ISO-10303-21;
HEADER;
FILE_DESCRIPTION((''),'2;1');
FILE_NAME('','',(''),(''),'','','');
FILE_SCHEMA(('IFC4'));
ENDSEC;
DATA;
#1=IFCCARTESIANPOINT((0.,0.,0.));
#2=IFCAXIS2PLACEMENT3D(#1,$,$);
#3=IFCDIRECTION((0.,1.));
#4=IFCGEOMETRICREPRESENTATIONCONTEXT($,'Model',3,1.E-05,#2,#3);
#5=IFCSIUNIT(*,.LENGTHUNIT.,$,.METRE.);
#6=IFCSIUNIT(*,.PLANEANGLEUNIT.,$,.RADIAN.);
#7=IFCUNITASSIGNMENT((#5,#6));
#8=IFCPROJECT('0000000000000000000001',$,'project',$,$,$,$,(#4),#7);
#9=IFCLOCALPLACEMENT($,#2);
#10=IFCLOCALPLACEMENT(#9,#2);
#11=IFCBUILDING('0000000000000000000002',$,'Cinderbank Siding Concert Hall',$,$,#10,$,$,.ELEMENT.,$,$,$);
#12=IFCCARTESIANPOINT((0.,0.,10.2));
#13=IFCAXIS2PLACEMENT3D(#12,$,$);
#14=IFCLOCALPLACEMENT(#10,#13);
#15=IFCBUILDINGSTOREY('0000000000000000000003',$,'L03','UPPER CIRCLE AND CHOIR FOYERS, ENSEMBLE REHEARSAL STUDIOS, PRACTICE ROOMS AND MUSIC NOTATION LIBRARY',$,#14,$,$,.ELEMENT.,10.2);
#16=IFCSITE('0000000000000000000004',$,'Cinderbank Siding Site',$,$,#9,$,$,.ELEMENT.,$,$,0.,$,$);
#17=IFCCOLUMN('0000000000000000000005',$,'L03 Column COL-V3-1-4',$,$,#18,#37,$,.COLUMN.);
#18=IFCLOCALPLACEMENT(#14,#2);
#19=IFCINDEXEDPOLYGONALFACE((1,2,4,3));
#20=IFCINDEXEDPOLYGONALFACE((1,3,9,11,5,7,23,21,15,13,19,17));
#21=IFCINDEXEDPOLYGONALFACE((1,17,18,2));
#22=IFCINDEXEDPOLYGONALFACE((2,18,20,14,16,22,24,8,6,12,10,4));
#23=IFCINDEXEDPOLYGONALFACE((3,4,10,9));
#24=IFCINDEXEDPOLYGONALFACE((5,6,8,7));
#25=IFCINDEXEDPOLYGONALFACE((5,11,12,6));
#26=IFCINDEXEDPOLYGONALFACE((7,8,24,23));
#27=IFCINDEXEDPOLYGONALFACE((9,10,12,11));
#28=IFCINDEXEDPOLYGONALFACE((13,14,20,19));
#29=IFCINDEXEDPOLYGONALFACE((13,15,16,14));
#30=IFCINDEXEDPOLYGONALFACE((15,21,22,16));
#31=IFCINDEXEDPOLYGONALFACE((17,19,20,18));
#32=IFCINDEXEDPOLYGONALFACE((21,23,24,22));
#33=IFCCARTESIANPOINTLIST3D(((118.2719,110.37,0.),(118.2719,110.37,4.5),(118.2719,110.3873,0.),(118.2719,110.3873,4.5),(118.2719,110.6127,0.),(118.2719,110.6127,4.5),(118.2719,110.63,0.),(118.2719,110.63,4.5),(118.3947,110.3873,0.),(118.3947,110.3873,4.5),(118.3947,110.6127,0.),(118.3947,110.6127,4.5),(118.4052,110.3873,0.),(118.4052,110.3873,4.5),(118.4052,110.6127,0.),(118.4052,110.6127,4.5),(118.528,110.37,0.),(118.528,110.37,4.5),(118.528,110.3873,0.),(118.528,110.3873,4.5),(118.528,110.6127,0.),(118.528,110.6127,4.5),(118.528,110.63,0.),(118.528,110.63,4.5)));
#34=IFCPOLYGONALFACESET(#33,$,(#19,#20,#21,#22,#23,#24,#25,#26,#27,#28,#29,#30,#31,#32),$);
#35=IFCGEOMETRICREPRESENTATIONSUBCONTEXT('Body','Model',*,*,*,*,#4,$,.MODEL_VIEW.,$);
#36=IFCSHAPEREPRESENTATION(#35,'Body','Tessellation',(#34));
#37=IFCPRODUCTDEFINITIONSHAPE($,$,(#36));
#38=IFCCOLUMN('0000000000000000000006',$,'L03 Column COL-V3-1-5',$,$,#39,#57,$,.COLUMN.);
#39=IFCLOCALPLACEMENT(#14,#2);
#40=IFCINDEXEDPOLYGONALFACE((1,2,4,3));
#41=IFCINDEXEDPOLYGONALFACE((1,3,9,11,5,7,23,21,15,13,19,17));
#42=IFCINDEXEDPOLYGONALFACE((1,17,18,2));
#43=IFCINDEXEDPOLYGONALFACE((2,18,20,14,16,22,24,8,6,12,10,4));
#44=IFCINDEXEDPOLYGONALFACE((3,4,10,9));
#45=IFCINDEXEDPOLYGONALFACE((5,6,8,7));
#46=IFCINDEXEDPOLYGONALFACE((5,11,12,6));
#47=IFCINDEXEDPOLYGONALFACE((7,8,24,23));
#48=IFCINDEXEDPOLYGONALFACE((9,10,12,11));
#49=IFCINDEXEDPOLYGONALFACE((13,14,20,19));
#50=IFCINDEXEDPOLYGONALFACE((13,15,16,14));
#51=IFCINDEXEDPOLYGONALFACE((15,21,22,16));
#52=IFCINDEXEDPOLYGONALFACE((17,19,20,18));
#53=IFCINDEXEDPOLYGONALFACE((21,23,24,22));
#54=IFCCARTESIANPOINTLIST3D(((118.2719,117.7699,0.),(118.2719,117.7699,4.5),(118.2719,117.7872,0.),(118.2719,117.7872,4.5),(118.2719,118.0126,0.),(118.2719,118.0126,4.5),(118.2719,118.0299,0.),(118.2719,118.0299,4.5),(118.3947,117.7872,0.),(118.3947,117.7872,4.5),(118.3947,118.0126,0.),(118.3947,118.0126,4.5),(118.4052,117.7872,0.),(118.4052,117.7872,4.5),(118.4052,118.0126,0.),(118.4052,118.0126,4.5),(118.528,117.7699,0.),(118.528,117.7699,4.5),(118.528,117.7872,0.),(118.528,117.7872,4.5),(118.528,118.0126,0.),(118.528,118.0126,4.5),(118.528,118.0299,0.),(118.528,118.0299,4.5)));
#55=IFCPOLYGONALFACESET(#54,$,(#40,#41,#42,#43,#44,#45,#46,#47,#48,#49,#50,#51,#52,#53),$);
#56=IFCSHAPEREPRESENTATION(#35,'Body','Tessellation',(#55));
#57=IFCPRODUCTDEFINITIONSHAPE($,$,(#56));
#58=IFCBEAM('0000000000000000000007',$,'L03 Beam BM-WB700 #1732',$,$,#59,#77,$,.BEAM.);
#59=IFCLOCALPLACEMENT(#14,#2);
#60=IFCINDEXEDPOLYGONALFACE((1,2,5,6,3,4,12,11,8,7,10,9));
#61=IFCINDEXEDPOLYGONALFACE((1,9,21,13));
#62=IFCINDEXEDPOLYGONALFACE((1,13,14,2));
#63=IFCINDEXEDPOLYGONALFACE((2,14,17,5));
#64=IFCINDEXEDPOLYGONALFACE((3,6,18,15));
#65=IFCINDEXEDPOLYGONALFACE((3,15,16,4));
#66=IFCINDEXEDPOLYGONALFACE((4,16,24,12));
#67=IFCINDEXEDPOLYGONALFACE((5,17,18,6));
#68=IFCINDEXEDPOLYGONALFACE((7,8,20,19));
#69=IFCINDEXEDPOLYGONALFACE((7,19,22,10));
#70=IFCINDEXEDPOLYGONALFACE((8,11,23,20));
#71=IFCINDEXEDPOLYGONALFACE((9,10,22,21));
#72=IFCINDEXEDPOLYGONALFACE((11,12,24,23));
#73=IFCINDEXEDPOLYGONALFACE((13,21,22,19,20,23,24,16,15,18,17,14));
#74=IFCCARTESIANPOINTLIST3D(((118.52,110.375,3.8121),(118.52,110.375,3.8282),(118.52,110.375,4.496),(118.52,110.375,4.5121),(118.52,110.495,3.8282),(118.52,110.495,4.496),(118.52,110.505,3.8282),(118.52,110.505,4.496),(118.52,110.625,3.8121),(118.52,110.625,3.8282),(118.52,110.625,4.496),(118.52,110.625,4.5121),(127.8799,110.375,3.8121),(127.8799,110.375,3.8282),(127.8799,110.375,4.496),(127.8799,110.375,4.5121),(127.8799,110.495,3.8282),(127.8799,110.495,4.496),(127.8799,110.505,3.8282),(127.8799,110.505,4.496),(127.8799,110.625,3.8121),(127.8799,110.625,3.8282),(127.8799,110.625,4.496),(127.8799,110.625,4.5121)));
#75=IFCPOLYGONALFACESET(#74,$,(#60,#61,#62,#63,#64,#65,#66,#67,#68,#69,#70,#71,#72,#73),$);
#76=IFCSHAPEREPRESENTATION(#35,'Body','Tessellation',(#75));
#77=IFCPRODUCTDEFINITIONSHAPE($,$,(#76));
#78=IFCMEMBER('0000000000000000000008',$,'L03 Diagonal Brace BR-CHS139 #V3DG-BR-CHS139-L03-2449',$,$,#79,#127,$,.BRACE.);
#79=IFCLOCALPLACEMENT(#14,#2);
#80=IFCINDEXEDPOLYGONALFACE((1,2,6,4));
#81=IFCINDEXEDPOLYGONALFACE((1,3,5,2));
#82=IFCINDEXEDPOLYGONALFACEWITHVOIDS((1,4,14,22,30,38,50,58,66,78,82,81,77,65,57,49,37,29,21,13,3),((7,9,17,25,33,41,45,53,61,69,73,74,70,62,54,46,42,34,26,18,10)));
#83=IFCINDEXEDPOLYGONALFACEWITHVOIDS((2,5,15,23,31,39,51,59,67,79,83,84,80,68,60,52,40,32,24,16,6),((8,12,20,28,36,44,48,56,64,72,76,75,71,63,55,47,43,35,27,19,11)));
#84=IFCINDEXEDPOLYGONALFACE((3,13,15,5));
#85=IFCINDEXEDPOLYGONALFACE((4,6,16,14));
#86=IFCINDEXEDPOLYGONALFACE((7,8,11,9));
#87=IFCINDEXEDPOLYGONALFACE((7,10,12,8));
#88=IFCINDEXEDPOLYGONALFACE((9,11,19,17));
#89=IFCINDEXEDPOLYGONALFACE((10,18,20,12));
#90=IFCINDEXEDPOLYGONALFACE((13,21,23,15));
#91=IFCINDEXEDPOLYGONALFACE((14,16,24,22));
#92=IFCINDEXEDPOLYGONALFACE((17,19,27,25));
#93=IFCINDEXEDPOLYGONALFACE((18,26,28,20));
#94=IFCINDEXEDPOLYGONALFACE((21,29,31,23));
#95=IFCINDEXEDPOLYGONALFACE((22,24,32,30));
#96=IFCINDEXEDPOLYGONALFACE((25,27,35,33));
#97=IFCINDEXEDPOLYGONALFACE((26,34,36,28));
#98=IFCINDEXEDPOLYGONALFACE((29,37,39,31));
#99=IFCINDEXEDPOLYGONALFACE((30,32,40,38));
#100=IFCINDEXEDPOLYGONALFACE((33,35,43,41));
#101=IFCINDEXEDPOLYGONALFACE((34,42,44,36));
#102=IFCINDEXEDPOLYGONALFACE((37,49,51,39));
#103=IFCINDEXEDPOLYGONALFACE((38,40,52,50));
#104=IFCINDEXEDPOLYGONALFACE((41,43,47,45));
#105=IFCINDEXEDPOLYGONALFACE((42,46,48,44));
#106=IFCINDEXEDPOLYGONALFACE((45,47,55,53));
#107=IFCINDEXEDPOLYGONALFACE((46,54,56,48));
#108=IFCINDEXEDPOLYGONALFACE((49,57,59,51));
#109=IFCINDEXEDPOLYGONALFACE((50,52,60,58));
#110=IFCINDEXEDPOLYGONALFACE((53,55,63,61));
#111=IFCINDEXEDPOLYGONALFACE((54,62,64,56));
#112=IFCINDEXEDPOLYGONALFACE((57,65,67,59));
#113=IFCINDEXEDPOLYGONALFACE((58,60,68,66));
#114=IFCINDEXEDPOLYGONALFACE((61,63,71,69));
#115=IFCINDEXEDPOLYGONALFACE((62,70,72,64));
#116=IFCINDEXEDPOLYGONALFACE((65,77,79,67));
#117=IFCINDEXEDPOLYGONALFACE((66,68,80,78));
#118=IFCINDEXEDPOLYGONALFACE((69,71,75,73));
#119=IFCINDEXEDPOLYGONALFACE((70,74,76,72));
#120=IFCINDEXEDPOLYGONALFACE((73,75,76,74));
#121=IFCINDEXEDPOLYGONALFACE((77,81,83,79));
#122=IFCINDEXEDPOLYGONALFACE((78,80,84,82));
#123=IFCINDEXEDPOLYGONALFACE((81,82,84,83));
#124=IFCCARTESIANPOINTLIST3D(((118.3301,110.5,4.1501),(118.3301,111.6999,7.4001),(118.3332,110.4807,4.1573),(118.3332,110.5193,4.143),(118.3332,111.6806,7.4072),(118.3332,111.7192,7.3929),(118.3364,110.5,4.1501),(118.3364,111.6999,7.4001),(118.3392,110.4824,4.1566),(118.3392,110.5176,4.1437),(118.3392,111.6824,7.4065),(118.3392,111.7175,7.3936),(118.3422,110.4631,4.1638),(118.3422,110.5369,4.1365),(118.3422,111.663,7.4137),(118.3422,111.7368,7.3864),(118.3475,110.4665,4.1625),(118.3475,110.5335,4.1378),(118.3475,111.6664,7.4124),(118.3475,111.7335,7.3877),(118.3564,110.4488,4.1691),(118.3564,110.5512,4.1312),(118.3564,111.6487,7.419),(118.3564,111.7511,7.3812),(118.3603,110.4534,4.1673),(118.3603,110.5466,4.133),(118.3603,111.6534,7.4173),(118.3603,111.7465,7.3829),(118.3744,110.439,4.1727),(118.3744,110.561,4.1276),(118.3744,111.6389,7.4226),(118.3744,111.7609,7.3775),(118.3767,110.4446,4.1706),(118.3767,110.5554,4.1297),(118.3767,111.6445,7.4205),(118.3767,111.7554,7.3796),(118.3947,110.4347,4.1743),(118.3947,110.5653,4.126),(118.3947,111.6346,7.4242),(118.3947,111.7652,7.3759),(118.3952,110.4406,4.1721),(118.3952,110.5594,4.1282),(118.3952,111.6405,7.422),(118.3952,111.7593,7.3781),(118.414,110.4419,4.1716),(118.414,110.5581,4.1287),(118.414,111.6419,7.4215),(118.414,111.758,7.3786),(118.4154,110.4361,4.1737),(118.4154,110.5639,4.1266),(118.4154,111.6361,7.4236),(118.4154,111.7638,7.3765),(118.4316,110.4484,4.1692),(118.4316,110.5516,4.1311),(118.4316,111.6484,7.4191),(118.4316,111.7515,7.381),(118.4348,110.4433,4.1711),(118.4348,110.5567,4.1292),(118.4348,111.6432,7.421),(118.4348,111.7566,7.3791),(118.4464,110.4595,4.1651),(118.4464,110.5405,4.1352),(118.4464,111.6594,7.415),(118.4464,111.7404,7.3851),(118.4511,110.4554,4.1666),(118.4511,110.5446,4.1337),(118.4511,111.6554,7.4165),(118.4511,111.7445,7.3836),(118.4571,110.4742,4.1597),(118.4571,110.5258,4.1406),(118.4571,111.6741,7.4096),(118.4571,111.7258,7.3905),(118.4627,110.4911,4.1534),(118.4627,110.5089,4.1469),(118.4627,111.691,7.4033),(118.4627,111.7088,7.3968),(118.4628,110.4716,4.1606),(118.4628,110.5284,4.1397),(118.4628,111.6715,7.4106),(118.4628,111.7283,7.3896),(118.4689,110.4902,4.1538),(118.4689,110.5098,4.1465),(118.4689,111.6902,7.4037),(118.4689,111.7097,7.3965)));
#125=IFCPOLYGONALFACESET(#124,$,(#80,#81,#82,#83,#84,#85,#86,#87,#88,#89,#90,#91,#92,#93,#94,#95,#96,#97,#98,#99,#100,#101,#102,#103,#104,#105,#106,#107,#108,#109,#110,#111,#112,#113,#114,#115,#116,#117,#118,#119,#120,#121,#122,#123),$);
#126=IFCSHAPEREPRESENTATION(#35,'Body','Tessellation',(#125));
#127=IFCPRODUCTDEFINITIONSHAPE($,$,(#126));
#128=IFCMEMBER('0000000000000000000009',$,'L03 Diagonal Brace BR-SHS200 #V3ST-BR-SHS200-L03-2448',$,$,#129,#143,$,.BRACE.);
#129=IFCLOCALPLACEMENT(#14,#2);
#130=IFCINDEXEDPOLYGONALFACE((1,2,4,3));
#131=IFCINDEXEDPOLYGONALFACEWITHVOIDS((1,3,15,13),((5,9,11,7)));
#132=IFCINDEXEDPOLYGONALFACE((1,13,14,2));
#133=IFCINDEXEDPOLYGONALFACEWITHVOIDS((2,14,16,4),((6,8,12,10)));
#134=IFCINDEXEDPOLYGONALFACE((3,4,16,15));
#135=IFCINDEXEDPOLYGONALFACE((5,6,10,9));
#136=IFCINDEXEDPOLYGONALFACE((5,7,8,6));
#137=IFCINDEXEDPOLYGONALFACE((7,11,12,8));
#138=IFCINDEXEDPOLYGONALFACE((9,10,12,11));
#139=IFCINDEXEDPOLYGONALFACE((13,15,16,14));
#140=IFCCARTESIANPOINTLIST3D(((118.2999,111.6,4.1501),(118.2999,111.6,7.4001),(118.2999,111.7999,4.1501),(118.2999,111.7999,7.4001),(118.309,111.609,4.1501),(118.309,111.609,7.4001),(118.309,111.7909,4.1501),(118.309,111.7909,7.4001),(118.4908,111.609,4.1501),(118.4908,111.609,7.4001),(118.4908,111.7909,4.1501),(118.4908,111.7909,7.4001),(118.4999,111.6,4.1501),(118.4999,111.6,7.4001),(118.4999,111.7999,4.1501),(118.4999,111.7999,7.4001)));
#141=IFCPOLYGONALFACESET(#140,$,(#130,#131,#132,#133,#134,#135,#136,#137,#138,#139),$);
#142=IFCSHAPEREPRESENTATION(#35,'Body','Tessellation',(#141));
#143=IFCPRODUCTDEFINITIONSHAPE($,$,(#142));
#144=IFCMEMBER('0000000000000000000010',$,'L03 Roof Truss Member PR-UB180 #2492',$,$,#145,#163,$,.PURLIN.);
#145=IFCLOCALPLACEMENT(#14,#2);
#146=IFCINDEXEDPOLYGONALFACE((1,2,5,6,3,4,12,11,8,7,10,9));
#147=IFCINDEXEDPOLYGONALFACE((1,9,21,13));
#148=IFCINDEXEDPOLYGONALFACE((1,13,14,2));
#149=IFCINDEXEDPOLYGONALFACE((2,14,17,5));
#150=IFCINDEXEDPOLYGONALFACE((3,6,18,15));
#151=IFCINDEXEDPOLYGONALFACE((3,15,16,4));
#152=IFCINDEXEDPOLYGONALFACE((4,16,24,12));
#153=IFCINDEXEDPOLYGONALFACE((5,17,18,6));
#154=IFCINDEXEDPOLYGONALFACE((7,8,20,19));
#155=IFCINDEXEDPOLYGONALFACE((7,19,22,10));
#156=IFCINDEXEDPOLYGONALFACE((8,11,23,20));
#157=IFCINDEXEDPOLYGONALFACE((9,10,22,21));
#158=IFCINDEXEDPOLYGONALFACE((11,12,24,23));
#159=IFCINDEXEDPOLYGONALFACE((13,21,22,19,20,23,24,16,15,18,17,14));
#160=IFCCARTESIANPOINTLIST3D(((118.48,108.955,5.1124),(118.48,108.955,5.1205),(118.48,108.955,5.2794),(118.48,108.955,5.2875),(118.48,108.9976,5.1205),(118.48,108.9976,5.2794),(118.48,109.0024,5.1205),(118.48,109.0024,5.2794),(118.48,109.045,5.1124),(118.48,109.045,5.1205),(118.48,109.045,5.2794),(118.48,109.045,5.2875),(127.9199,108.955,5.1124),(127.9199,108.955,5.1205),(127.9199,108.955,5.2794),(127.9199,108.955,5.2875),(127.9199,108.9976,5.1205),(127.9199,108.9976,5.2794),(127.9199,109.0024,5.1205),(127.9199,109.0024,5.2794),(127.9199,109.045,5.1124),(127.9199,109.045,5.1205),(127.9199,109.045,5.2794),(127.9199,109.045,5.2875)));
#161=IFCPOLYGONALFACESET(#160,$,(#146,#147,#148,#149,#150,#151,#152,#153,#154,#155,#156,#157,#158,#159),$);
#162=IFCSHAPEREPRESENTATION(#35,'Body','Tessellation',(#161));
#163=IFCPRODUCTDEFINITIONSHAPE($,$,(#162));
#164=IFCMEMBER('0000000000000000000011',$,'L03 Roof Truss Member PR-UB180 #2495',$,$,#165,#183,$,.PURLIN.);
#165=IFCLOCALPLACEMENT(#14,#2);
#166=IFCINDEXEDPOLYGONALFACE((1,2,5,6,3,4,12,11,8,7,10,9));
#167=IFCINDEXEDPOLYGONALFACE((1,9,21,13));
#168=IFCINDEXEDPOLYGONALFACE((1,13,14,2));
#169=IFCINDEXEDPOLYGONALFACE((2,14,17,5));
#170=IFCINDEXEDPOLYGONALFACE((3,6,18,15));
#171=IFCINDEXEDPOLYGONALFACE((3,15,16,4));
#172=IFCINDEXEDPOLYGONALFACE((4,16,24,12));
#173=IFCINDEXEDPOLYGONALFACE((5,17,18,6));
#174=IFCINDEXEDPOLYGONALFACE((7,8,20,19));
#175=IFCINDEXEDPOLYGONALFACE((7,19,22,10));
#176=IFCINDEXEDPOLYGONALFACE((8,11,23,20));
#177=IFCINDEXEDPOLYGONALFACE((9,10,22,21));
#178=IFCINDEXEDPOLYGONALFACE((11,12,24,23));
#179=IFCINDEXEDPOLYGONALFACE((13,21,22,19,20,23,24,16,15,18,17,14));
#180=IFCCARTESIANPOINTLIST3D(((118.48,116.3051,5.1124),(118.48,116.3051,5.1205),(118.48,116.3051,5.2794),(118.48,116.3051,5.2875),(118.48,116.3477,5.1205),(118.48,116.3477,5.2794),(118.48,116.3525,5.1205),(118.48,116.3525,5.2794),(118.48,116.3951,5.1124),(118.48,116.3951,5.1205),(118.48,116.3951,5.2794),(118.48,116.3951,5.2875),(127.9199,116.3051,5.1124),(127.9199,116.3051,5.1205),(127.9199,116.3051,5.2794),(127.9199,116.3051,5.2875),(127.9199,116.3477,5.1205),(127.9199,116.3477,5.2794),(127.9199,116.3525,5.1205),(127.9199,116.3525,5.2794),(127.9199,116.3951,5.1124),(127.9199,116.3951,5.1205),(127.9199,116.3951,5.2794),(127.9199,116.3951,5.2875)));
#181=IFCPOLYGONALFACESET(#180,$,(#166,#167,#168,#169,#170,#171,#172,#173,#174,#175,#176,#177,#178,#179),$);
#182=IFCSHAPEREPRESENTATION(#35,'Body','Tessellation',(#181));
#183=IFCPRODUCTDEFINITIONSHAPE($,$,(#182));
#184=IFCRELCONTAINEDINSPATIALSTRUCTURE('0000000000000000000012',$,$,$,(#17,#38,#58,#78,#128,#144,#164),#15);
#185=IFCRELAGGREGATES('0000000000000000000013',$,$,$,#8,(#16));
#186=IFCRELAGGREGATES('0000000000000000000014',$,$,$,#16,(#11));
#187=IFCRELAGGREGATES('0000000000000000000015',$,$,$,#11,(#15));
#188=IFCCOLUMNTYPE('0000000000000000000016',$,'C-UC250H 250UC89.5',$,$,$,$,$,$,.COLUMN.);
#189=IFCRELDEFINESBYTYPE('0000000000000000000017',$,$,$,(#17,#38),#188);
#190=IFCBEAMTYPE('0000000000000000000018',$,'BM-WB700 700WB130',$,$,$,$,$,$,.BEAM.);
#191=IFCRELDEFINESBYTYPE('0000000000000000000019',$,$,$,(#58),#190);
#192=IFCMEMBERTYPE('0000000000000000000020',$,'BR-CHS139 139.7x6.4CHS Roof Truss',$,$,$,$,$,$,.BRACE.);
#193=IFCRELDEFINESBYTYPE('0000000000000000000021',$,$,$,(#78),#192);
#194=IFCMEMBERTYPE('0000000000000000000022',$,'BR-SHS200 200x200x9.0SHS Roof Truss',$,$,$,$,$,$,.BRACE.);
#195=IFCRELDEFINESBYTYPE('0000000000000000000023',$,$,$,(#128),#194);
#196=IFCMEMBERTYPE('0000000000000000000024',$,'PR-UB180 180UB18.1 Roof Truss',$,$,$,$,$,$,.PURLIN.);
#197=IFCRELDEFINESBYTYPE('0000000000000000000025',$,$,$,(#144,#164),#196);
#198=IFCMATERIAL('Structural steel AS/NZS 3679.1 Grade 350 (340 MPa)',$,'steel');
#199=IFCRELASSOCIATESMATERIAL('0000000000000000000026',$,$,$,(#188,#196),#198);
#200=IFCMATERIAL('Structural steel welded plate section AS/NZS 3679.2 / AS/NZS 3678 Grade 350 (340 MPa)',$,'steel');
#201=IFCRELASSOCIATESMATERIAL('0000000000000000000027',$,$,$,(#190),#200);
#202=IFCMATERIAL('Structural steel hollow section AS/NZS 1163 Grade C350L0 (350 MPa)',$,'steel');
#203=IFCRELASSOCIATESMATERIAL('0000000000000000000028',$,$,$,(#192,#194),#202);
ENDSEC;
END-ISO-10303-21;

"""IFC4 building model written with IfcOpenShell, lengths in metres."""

from ifc_helpers import new_model, si_unit, direction, frame, origin, origin_2d, place, context, subcontext, project, spatial, hollow_rectangle, hollow_circle, i_section, extrude, material, material_profile, profile_set, type_object, element, save


model = new_model("IFC4")

# Units and contexts
model_context = context("Model", 3, precision=1e-05, world=origin(), true_north=direction((0.0, 1.0)))
body_context = subcontext(model_context, "Body", "Model", "MODEL_VIEW")
ifc_project = project(units=[si_unit("LENGTHUNIT", "METRE"), si_unit("PLANEANGLEUNIT", "RADIAN")], contexts=[model_context])

# Site, building, storey
site_placement = place(None, origin())
site = spatial("IfcSite", under=ifc_project, at=site_placement, Name="Cinderbank Siding Site", CompositionType="ELEMENT", RefElevation=0.0)
building_placement = place(site_placement, origin())
building = spatial("IfcBuilding", under=site, at=building_placement, Name="Cinderbank Siding Concert Hall", CompositionType="ELEMENT")
storey_placement = place(building_placement, frame((0.0, 0.0, 10.2)))
storey = spatial("IfcBuildingStorey", under=building, at=storey_placement, Name="L03", Description="UPPER CIRCLE AND CHOIR FOYERS, ENSEMBLE REHEARSAL STUDIOS, PRACTICE ROOMS AND MUSIC NOTATION LIBRARY", CompositionType="ELEMENT", Elevation=10.2)

# Columns
ifc_material_1 = material(Name="Structural steel AS/NZS 3679.1 Grade 350 (340 MPa)", Category="steel")
ifc_material_profile_1 = material_profile(ifc_material_1, i_section(OverallWidth=0.2561, OverallDepth=0.26, WebThickness=0.0105, FlangeThickness=0.0173, at=origin_2d()), Name="250UC89.5", Category="LoadBearing")
ifc_profile_set_1 = profile_set([ifc_material_profile_1], Name="Structural steel AS/NZS 3679.1 Grade 350 (340 MPa)")
column_type = type_object("IfcColumnType", Name="C-UC250H 250UC89.5", PredefinedType="COLUMN", material=ifc_profile_set_1)
for number, where, z_axis, x_axis, name in (
    (1, (118.3999, 110.5, 0.0), (0.0, 0.0, 1.0), (1.0, 0.0, 0.0), "L03 Column COL-V3-1-4"),
    (2, (118.3999, 117.8999, 0.0), (0.0, 0.0, 1.0), (1.0, 0.0, 0.0), "L03 Column COL-V3-1-5"),
):
    element("IfcColumn", number, at=place(storey_placement, frame(where, z_axis=z_axis, x_axis=x_axis)), inside=storey, type_object=column_type, Name=name, PredefinedType="COLUMN", context=body_context, shape_type="SweptSolid", body=[
        extrude(i_section(OverallWidth=0.2561, OverallDepth=0.26, WebThickness=0.0105, FlangeThickness=0.0173, at=origin_2d()), origin(), (0.0, 0.0, 1.0), 4.5),
    ])

# Beam
ifc_material_2 = material(Name="Structural steel welded plate section AS/NZS 3679.2 / AS/NZS 3678 Grade 350 (340 MPa)", Category="steel")
ifc_material_profile_2 = material_profile(ifc_material_2, i_section(OverallWidth=0.25, OverallDepth=0.7, WebThickness=0.01, FlangeThickness=0.0161, at=origin_2d()), Name="700WB130", Category="LoadBearing")
ifc_profile_set_2 = profile_set([ifc_material_profile_2], Name="Structural steel welded plate section AS/NZS 3679.2 / AS/NZS 3678 Grade 350 (340 MPa)")
beam_type = type_object("IfcBeamType", Name="BM-WB700 700WB130", PredefinedType="BEAM", material=ifc_profile_set_2)
beam_placement = place(storey_placement, frame((118.52, 110.5, 4.1621), z_axis=(1.0, 0.0, 0.0), x_axis=(0.0, 1.0, 0.0)))
element("IfcBeam", 3, at=beam_placement, inside=storey, type_object=beam_type, Name="L03 Beam BM-WB700 #1732", PredefinedType="BEAM", context=body_context, shape_type="SweptSolid", body=[
    extrude(i_section(OverallWidth=0.25, OverallDepth=0.7, WebThickness=0.01, FlangeThickness=0.0161, at=origin_2d()), origin(), (0.0, 0.0, 1.0), 9.3599),
])

# Members
ifc_material_3 = material(Name="Structural steel hollow section AS/NZS 1163 Grade C350L0 (350 MPa)", Category="steel")
ifc_material_profile_3 = material_profile(ifc_material_3, hollow_circle(Radius=0.0698, WallThickness=0.0063, at=origin_2d()), Name="139.7x6.4CHS", Category="LoadBearing")
ifc_profile_set_3 = profile_set([ifc_material_profile_3], Name="Structural steel hollow section AS/NZS 1163 Grade C350L0 (350 MPa)")
member_type_1 = type_object("IfcMemberType", Name="BR-CHS139 139.7x6.4CHS Roof Truss", PredefinedType="BRACE", material=ifc_profile_set_3)
member_1_placement = place(storey_placement, frame((118.3999, 110.5, 4.1501), z_axis=(0.0, 0.346362, 0.938101), x_axis=(-1.0, 0.0, 0.0)))
element("IfcMember", 4, at=member_1_placement, inside=storey, type_object=member_type_1, Name="L03 Diagonal Brace BR-CHS139 #V3DG-BR-CHS139-L03-2449", PredefinedType="BRACE", context=body_context, shape_type="SweptSolid", body=[
    extrude(hollow_circle(Radius=0.0698, WallThickness=0.0063, at=origin_2d()), origin(), (0.0, 0.0, 1.0), 3.4644),
])
ifc_material_profile_4 = material_profile(ifc_material_3, hollow_rectangle(XDim=0.2, YDim=0.2, WallThickness=0.009, at=origin_2d()), Name="200x200x9.0SHS", Category="LoadBearing")
ifc_profile_set_4 = profile_set([ifc_material_profile_4], Name="Structural steel hollow section AS/NZS 1163 Grade C350L0 (350 MPa)")
member_type_2 = type_object("IfcMemberType", Name="BR-SHS200 200x200x9.0SHS Roof Truss", PredefinedType="BRACE", material=ifc_profile_set_4)
member_2_placement = place(storey_placement, frame((118.3999, 111.7, 4.1501), z_axis=(0.0, 0.0, 1.0), x_axis=(1.0, 0.0, 0.0)))
element("IfcMember", 5, at=member_2_placement, inside=storey, type_object=member_type_2, Name="L03 Diagonal Brace BR-SHS200 #V3ST-BR-SHS200-L03-2448", PredefinedType="BRACE", context=body_context, shape_type="SweptSolid", body=[
    extrude(hollow_rectangle(XDim=0.2, YDim=0.2, WallThickness=0.009, at=origin_2d()), origin(), (0.0, 0.0, 1.0), 3.25),
])
ifc_material_profile_5 = material_profile(ifc_material_1, i_section(OverallWidth=0.0901, OverallDepth=0.175, WebThickness=0.0049, FlangeThickness=0.0081, at=origin_2d()), Name="180UB18.1", Category="LoadBearing")
ifc_profile_set_5 = profile_set([ifc_material_profile_5], Name="Structural steel AS/NZS 3679.1 Grade 350 (340 MPa)")
member_type_3 = type_object("IfcMemberType", Name="PR-UB180 180UB18.1 Roof Truss", PredefinedType="PURLIN", material=ifc_profile_set_5)
for number, where, z_axis, x_axis, name in (
    (6, (118.48, 109.0, 5.2), (1.0, 0.0, 0.0), (0.0, 1.0, 0.0), "L03 Roof Truss Member PR-UB180 #2492"),
    (7, (118.48, 116.3501, 5.2), (1.0, 0.0, 0.0), (0.0, 1.0, 0.0), "L03 Roof Truss Member PR-UB180 #2495"),
):
    element("IfcMember", number, at=place(storey_placement, frame(where, z_axis=z_axis, x_axis=x_axis)), inside=storey, type_object=member_type_3, Name=name, PredefinedType="PURLIN", context=body_context, shape_type="SweptSolid", body=[
        extrude(i_section(OverallWidth=0.0901, OverallDepth=0.175, WebThickness=0.0049, FlangeThickness=0.0081, at=origin_2d()), origin(), (0.0, 0.0, 1.0), 9.4399),
    ])

save(model, "model.ifc")
